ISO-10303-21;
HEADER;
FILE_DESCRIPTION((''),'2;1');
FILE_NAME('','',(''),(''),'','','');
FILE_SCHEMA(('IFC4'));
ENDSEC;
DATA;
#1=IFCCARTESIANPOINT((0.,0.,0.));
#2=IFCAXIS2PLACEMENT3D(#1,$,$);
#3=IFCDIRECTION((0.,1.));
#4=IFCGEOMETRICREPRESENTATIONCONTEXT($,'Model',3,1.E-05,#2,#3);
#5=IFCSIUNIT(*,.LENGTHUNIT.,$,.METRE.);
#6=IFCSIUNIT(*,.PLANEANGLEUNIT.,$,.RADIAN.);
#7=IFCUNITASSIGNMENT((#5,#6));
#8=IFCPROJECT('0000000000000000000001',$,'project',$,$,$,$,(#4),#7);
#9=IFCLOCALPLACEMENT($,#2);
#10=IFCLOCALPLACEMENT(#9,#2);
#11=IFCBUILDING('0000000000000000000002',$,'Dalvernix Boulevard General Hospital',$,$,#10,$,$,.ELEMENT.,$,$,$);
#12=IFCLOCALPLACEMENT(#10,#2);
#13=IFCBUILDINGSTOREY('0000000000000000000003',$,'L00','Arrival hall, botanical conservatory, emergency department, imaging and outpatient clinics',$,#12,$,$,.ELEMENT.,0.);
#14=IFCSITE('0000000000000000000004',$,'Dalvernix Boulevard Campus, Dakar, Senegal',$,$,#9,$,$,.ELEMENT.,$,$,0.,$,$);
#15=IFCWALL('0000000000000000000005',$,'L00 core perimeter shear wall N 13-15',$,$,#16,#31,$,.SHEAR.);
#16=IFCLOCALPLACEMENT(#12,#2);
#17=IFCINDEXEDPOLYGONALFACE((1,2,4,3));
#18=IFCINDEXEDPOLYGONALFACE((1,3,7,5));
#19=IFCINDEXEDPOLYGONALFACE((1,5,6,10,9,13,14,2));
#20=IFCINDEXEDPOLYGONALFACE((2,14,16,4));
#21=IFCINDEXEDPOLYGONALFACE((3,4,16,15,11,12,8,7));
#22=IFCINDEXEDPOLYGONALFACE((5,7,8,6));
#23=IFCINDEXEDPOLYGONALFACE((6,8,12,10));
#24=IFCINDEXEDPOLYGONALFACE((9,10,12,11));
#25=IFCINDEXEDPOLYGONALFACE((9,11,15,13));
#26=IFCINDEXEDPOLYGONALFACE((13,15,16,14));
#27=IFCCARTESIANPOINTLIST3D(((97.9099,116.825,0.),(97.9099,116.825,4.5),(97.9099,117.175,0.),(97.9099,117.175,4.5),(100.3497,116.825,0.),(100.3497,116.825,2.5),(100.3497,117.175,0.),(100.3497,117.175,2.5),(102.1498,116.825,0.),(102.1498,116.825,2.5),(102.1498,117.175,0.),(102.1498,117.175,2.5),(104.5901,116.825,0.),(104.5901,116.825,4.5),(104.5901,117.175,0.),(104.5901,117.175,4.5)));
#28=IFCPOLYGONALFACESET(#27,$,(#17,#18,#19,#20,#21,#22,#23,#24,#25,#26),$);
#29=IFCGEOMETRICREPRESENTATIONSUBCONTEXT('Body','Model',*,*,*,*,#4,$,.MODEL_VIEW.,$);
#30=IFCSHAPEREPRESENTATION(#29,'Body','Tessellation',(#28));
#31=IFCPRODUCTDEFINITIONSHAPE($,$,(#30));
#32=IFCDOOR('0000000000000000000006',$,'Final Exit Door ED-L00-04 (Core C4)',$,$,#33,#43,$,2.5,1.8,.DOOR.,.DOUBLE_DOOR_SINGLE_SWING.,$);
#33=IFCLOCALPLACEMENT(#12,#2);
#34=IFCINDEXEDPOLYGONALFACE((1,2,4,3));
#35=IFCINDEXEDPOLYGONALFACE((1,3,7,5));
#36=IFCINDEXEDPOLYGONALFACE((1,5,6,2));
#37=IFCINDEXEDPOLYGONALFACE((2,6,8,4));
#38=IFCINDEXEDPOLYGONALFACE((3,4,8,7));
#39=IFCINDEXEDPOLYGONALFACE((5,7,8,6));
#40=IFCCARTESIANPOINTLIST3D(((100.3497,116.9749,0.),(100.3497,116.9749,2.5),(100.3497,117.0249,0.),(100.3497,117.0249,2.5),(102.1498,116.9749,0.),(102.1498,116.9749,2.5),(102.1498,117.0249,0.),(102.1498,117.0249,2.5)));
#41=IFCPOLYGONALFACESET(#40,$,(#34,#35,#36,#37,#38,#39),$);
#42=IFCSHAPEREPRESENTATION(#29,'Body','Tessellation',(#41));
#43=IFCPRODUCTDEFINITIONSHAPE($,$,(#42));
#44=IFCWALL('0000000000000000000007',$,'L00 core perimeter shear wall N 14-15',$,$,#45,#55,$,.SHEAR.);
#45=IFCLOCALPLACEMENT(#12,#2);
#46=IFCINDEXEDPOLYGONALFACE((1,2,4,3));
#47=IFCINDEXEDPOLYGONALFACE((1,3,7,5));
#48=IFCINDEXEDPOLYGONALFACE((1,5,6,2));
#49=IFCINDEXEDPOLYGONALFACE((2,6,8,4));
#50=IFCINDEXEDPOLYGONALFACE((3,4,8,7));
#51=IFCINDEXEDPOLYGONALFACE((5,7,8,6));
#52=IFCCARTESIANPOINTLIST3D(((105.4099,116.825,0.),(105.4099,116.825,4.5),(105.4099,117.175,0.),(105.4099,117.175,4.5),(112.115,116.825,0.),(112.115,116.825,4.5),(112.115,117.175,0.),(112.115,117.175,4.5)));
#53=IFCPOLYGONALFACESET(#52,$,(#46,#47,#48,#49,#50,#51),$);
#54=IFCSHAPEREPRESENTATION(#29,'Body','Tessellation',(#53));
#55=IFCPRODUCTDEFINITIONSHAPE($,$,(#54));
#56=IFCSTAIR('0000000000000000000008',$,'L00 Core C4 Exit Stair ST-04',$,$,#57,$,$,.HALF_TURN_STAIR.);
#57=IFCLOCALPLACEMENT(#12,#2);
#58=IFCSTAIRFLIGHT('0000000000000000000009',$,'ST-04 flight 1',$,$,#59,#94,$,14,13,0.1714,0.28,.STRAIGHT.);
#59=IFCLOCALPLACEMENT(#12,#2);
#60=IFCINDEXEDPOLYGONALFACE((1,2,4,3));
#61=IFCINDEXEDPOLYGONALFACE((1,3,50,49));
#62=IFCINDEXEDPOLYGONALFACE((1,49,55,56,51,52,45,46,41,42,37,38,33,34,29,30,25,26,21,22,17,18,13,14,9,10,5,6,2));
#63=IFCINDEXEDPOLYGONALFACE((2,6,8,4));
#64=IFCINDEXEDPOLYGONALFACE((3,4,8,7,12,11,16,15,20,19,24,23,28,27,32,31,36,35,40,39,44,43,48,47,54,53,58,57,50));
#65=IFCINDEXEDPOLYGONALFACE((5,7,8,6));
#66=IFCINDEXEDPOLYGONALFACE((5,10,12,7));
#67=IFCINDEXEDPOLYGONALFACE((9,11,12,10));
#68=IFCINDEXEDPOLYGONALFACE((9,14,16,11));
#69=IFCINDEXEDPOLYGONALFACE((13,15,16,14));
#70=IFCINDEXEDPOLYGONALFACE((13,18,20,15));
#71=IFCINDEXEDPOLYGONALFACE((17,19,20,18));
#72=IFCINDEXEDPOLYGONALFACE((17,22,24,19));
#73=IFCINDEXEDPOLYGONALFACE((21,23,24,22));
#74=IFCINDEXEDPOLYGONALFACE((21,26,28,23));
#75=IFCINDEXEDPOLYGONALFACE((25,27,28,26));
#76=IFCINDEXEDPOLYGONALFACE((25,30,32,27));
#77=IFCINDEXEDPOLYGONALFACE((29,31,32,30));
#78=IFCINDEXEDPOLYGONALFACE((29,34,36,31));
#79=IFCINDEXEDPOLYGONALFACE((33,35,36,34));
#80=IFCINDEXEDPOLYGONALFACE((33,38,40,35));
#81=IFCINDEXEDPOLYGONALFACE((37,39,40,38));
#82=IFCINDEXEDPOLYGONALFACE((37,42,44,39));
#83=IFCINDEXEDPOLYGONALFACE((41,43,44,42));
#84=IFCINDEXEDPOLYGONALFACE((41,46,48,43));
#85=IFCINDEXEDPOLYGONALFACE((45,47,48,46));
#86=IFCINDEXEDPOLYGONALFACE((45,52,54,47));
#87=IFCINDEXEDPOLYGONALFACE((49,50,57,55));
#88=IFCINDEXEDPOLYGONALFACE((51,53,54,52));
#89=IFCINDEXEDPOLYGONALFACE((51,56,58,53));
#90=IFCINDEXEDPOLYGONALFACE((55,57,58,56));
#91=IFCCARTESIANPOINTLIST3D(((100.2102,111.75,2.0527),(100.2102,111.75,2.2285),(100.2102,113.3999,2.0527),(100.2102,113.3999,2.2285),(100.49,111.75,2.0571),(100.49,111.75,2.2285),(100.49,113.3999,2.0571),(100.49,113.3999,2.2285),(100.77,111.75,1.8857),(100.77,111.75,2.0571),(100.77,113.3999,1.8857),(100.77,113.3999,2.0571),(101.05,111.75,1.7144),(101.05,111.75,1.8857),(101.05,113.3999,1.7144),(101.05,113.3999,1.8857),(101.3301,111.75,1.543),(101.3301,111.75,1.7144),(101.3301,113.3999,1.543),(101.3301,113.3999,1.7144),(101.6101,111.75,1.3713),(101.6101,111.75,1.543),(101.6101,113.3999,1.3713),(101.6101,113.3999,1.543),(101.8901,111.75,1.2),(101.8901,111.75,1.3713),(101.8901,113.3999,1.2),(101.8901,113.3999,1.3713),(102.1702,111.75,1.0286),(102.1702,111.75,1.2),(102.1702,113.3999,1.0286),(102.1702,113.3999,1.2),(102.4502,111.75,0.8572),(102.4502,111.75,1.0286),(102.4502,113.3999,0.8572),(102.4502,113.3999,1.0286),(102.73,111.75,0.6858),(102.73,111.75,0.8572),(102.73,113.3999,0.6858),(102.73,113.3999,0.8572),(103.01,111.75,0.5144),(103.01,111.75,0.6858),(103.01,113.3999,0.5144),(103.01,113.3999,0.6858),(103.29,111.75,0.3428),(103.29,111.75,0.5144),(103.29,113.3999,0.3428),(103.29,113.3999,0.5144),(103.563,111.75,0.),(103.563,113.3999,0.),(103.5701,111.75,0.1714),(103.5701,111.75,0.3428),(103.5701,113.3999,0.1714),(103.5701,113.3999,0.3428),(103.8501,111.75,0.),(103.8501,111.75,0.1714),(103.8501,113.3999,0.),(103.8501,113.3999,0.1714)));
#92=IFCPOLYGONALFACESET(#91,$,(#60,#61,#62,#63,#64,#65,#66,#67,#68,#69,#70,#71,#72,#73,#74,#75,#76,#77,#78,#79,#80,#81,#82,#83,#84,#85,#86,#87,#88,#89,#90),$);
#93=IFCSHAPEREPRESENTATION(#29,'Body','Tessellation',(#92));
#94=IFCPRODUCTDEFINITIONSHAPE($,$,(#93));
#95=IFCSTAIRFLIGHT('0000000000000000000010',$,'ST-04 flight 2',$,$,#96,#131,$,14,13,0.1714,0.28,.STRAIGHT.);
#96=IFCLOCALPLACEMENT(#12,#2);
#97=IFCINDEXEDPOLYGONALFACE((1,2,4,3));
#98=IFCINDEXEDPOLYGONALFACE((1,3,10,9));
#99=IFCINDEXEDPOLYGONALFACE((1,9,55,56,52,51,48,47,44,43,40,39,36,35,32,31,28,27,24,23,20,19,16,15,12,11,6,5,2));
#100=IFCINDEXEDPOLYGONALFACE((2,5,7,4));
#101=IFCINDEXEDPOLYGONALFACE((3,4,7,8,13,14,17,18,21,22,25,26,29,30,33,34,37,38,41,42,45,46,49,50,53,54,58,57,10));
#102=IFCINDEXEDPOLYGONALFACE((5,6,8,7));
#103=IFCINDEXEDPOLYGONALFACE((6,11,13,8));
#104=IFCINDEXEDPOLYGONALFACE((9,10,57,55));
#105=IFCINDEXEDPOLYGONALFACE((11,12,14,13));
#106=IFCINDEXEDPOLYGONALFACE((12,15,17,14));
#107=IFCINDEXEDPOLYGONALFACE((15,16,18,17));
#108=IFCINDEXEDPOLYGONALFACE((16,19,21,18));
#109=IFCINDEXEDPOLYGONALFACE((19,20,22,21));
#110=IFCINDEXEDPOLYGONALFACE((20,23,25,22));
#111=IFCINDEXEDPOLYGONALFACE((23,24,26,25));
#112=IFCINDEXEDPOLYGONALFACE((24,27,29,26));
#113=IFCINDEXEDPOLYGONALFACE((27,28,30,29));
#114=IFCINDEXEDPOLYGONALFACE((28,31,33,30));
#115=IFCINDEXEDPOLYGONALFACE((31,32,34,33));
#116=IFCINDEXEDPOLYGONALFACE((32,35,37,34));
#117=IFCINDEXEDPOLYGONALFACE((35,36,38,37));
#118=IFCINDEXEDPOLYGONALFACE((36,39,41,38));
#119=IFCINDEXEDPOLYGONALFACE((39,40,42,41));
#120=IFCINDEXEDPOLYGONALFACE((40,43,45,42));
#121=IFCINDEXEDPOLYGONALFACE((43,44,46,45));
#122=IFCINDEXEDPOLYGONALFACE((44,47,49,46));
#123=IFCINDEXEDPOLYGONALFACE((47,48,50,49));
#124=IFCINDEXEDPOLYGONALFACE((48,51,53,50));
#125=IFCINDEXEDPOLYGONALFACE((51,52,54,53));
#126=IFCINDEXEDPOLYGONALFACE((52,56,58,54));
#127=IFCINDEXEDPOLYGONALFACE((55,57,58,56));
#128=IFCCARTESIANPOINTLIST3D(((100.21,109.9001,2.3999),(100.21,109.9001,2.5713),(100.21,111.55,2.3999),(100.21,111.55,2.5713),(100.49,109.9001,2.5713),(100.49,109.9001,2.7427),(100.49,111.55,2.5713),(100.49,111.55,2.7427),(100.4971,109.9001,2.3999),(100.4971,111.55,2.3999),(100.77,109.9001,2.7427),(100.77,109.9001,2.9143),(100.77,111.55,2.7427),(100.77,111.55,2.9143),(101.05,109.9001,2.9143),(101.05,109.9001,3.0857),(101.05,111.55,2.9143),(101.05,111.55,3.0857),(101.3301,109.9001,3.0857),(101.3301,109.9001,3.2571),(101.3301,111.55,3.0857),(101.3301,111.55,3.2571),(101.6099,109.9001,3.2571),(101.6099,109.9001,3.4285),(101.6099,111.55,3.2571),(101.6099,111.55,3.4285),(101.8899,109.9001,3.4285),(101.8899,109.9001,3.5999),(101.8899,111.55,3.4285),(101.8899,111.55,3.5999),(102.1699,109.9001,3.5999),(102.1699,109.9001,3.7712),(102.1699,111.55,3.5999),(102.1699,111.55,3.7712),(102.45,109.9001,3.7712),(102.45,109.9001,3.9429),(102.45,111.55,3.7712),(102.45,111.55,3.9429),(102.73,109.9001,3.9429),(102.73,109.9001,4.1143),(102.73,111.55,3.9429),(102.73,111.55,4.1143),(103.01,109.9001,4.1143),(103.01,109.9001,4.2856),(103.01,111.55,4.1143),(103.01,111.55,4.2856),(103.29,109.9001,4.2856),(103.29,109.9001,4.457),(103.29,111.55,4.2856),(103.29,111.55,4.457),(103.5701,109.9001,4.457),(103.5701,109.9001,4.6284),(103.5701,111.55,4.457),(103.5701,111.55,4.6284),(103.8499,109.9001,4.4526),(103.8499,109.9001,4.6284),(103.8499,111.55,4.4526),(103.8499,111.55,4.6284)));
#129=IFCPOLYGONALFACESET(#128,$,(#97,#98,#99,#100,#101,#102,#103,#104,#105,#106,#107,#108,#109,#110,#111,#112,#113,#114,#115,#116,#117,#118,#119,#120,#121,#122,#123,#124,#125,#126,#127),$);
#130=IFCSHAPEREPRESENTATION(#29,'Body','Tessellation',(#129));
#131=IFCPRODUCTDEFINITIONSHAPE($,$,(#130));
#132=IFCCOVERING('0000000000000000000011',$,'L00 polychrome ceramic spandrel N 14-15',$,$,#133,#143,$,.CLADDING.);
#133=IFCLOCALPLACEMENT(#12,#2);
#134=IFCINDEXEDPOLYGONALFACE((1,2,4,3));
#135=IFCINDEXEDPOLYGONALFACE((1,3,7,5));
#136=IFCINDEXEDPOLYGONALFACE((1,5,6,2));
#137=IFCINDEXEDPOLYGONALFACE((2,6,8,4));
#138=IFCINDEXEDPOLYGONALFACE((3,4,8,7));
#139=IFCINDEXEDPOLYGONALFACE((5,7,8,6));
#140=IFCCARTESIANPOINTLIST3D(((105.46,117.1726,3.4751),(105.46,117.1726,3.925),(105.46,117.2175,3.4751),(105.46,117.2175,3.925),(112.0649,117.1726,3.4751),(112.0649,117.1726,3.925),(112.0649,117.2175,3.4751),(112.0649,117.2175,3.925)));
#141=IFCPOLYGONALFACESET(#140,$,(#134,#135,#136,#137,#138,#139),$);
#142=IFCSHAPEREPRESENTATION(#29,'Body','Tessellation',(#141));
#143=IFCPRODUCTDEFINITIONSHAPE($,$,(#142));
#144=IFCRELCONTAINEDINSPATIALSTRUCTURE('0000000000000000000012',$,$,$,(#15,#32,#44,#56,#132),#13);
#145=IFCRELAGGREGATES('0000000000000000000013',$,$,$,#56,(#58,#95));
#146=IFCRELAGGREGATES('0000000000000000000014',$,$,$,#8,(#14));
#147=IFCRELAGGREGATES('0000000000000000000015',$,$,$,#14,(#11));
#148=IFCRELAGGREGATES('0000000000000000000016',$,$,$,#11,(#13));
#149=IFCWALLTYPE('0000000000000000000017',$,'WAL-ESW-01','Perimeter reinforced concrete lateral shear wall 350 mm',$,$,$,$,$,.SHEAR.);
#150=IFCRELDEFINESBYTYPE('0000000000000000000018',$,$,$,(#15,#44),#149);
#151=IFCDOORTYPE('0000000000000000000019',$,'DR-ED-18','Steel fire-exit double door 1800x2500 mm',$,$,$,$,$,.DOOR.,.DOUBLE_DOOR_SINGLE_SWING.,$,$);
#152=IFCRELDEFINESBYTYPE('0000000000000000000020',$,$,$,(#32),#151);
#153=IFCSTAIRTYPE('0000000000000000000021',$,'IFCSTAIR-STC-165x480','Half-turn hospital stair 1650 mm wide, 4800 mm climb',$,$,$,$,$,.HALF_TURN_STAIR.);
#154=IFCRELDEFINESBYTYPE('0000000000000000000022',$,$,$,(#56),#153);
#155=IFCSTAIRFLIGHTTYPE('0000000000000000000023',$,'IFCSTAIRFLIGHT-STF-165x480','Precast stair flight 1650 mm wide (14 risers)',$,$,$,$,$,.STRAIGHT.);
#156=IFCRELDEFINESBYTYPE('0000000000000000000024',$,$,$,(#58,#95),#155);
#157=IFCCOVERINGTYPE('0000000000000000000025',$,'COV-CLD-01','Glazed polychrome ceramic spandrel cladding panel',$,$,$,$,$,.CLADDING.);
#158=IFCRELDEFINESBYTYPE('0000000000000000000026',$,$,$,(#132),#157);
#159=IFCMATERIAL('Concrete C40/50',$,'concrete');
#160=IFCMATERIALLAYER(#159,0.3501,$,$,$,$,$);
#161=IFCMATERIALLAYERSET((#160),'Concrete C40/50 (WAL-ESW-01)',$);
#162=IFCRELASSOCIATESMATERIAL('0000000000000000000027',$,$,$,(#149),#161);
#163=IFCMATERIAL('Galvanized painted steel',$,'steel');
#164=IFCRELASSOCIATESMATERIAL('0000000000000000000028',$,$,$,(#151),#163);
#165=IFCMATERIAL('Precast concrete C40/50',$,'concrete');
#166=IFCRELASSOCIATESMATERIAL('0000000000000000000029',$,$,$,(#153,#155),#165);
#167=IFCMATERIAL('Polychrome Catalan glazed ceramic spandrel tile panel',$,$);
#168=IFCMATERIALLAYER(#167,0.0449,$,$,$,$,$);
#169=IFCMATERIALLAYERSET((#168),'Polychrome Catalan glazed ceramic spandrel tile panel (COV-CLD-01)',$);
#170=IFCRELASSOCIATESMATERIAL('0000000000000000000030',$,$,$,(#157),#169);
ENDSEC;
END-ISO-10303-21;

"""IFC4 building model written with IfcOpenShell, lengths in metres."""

from ifc_helpers import new_model, si_unit, direction, frame, frame_2d, origin, origin_2d, place, context, subcontext, project, spatial, polyline, rectangle, outline, extrude, material, layer, layer_set, type_object, element, fill, aggregate, save


model = new_model("IFC4")

# Units and contexts
model_context = context("Model", 3, precision=1e-05, world=origin(), true_north=direction((0.0, 1.0)))
body_context = subcontext(model_context, "Body", "Model", "MODEL_VIEW")
ifc_project = project(units=[si_unit("LENGTHUNIT", "METRE"), si_unit("PLANEANGLEUNIT", "RADIAN")], contexts=[model_context])

# Site, building, storey
site_placement = place(None, origin())
site = spatial("IfcSite", under=ifc_project, at=site_placement, Name="Dalvernix Boulevard Campus, Dakar, Senegal", CompositionType="ELEMENT", RefElevation=0.0)
building_placement = place(site_placement, origin())
building = spatial("IfcBuilding", under=site, at=building_placement, Name="Dalvernix Boulevard General Hospital", CompositionType="ELEMENT")
storey_placement = place(building_placement, origin())
storey = spatial("IfcBuildingStorey", under=building, at=storey_placement, Name="L00", Description="Arrival hall, botanical conservatory, emergency department, imaging and outpatient clinics", CompositionType="ELEMENT", Elevation=0.0)

# Shared definitions
ifc_material_1 = material(Name="Concrete C40/50", Category="concrete")

# Wall, opening, door
ifc_layer_1 = layer(ifc_material_1, 0.3501)
ifc_layer_set_1 = layer_set([ifc_layer_1], Name="Concrete C40/50 (WAL-ESW-01)")
wall_type_1 = type_object("IfcWallType", Name="WAL-ESW-01", Description="Perimeter reinforced concrete lateral shear wall 350 mm", PredefinedType="SHEAR", material=ifc_layer_set_1)
wall_1_placement = place(storey_placement, frame((97.9099, 117.0, 0.0), z_axis=(0.0, 0.0, 1.0), x_axis=(1.0, 0.0, 0.0)))
wall_1 = element("IfcWall", 1, at=wall_1_placement, inside=storey, type_object=wall_type_1, Name="L00 core perimeter shear wall N 13-15", PredefinedType="SHEAR", context=body_context, shape_type="SweptSolid", body=[
    extrude(rectangle(XDim=6.6802, YDim=0.3501, at=frame_2d((3.3401, 0.0))), origin(), (0.0, 0.0, 1.0), 4.5),
])
opening_1_placement = place(wall_1_placement, frame((2.4399, 0.0, 0.0)))
opening_1 = element("IfcOpeningElement", 2, at=opening_1_placement, cuts=wall_1, PredefinedType="OPENING", context=body_context, shape_type="SweptSolid", body=[
    extrude(rectangle(XDim=1.8, YDim=2.5, at=frame_2d((0.8999, 1.25))), frame((0.0, 0.1851, 0.0), z_axis=(0.0, -1.0, 0.0), x_axis=(1.0, 0.0, 0.0)), (0.0, 0.0, 1.0), 0.3701),
])
ifc_material_2 = material(Name="Galvanized painted steel", Category="steel")
door_type_1 = type_object("IfcDoorType", Name="DR-ED-18", Description="Steel fire-exit double door 1800x2500 mm", OperationType="DOUBLE_DOOR_SINGLE_SWING", PredefinedType="DOOR", material=ifc_material_2)
door_1_placement = place(opening_1_placement, origin())
door_1 = element("IfcDoor", 3, at=door_1_placement, inside=storey, type_object=door_type_1, Name="Final Exit Door ED-L00-04 (Core C4)", OperationType="DOUBLE_DOOR_SINGLE_SWING", OverallHeight=2.5, OverallWidth=1.8, PredefinedType="DOOR", context=body_context, shape_type="SweptSolid", body=[
    extrude(rectangle(XDim=1.8, YDim=2.5, at=frame_2d((0.8999, 1.25))), frame((0.0, 0.0249, 0.0), z_axis=(0.0, -1.0, 0.0), x_axis=(1.0, 0.0, 0.0)), (0.0, 0.0, 1.0), 0.05),
])
fill(opening_1, door_1)

# Wall
wall_2_placement = place(storey_placement, frame((105.4099, 117.0, 0.0), z_axis=(0.0, 0.0, 1.0), x_axis=(1.0, 0.0, 0.0)))
element("IfcWall", 4, at=wall_2_placement, inside=storey, type_object=wall_type_1, Name="L00 core perimeter shear wall N 14-15", PredefinedType="SHEAR", context=body_context, shape_type="SweptSolid", body=[
    extrude(rectangle(XDim=6.7051, YDim=0.3501, at=frame_2d((3.3525, 0.0))), origin(), (0.0, 0.0, 1.0), 4.5),
])

# Stair, stair flights
ifc_material_3 = material(Name="Precast concrete C40/50", Category="concrete")
stair_type = type_object("IfcStairType", Name="IFCSTAIR-STC-165x480", Description="Half-turn hospital stair 1650 mm wide, 4800 mm climb", PredefinedType="HALF_TURN_STAIR", material=ifc_material_3)
stair_placement = place(storey_placement, origin())
stair = element("IfcStair", 5, at=stair_placement, inside=storey, type_object=stair_type, Name="L00 Core C4 Exit Stair ST-04", PredefinedType="HALF_TURN_STAIR")
stair_flight_type = type_object("IfcStairFlightType", Name="IFCSTAIRFLIGHT-STF-165x480", Description="Precast stair flight 1650 mm wide (14 risers)", PredefinedType="STRAIGHT", material=ifc_material_3)
stair_flight_1_placement = place(storey_placement, frame((103.8501, 112.575, 0.0), z_axis=(0.0, 0.0, 1.0), x_axis=(-1.0, 0.0, 0.0)))
stair_flight_1 = element("IfcStairFlight", 6, at=stair_flight_1_placement, type_object=stair_flight_type, Name="ST-04 flight 1", NumberOfRisers=14, NumberOfTreads=13, PredefinedType="STRAIGHT", RiserHeight=0.1714, TreadLength=0.28, context=body_context, shape_type="SweptSolid", body=[
    extrude(outline(polyline([(0.0, 0.0), (0.0, 0.1714), (0.28, 0.1714), (0.28, 0.3428), (0.5601, 0.3428), (0.5601, 0.5144), (0.8401, 0.5144), (0.8401, 0.6858), (1.1201, 0.6858), (1.1201, 0.8572), (1.3999, 0.8572), (1.3999, 1.0286), (1.6799, 1.0286), (1.6799, 1.2), (1.96, 1.2), (1.96, 1.3713), (2.24, 1.3713), (2.24, 1.543), (2.52, 1.543), (2.52, 1.7144), (2.8, 1.7144), (2.8, 1.8857), (3.0801, 1.8857), (3.0801, 2.0571), (3.3601, 2.0571), (3.3601, 2.2285), (3.6399, 2.2285), (3.6399, 2.3999), (3.6399, 2.0527), (0.2871, 0.0), (0.0, 0.0)])), frame((0.0, 0.825, 0.0), z_axis=(0.0, -1.0, 0.0), x_axis=(1.0, 0.0, 0.0)), (0.0, 0.0, 1.0), 1.6499),
])
stair_flight_2_placement = place(storey_placement, frame((100.21, 110.7251, 2.3999), z_axis=(0.0, 0.0, 1.0), x_axis=(1.0, 0.0, 0.0)))
stair_flight_2 = element("IfcStairFlight", 7, at=stair_flight_2_placement, type_object=stair_flight_type, Name="ST-04 flight 2", NumberOfRisers=14, NumberOfTreads=13, PredefinedType="STRAIGHT", RiserHeight=0.1714, TreadLength=0.28, context=body_context, shape_type="SweptSolid", body=[
    extrude(outline(polyline([(0.0, 0.0), (0.0, 0.1714), (0.28, 0.1714), (0.28, 0.3428), (0.5601, 0.3428), (0.5601, 0.5144), (0.8401, 0.5144), (0.8401, 0.6858), (1.1201, 0.6858), (1.1201, 0.8572), (1.3999, 0.8572), (1.3999, 1.0286), (1.6799, 1.0286), (1.6799, 1.2), (1.96, 1.2), (1.96, 1.3713), (2.24, 1.3713), (2.24, 1.543), (2.52, 1.543), (2.52, 1.7144), (2.8, 1.7144), (2.8, 1.8857), (3.0801, 1.8857), (3.0801, 2.0571), (3.3601, 2.0571), (3.3601, 2.2285), (3.6399, 2.2285), (3.6399, 2.3999), (3.6399, 2.0527), (0.2871, 0.0), (0.0, 0.0)])), frame((0.0, 0.825, 0.0), z_axis=(0.0, -1.0, 0.0), x_axis=(1.0, 0.0, 0.0)), (0.0, 0.0, 1.0), 1.6499),
])
aggregate(stair, [stair_flight_1, stair_flight_2])

# Covering
ifc_material_4 = material(Name="Polychrome Catalan glazed ceramic spandrel tile panel")
ifc_layer_2 = layer(ifc_material_4, 0.0449)
ifc_layer_set_2 = layer_set([ifc_layer_2], Name="Polychrome Catalan glazed ceramic spandrel tile panel (COV-CLD-01)")
covering_type = type_object("IfcCoveringType", Name="COV-CLD-01", Description="Glazed polychrome ceramic spandrel cladding panel", PredefinedType="CLADDING", material=ifc_layer_set_2)
covering_placement = place(storey_placement, frame((108.7625, 117.1951, 3.4751), z_axis=(0.0, 0.0, 1.0), x_axis=(1.0, 0.0, 0.0)))
element("IfcCovering", 8, at=covering_placement, inside=storey, type_object=covering_type, Name="L00 polychrome ceramic spandrel N 14-15", PredefinedType="CLADDING", context=body_context, shape_type="SweptSolid", body=[
    extrude(rectangle(XDim=6.605, YDim=0.0449, at=origin_2d()), origin(), (0.0, 0.0, 1.0), 0.45),
])

save(model, "model.ifc")
